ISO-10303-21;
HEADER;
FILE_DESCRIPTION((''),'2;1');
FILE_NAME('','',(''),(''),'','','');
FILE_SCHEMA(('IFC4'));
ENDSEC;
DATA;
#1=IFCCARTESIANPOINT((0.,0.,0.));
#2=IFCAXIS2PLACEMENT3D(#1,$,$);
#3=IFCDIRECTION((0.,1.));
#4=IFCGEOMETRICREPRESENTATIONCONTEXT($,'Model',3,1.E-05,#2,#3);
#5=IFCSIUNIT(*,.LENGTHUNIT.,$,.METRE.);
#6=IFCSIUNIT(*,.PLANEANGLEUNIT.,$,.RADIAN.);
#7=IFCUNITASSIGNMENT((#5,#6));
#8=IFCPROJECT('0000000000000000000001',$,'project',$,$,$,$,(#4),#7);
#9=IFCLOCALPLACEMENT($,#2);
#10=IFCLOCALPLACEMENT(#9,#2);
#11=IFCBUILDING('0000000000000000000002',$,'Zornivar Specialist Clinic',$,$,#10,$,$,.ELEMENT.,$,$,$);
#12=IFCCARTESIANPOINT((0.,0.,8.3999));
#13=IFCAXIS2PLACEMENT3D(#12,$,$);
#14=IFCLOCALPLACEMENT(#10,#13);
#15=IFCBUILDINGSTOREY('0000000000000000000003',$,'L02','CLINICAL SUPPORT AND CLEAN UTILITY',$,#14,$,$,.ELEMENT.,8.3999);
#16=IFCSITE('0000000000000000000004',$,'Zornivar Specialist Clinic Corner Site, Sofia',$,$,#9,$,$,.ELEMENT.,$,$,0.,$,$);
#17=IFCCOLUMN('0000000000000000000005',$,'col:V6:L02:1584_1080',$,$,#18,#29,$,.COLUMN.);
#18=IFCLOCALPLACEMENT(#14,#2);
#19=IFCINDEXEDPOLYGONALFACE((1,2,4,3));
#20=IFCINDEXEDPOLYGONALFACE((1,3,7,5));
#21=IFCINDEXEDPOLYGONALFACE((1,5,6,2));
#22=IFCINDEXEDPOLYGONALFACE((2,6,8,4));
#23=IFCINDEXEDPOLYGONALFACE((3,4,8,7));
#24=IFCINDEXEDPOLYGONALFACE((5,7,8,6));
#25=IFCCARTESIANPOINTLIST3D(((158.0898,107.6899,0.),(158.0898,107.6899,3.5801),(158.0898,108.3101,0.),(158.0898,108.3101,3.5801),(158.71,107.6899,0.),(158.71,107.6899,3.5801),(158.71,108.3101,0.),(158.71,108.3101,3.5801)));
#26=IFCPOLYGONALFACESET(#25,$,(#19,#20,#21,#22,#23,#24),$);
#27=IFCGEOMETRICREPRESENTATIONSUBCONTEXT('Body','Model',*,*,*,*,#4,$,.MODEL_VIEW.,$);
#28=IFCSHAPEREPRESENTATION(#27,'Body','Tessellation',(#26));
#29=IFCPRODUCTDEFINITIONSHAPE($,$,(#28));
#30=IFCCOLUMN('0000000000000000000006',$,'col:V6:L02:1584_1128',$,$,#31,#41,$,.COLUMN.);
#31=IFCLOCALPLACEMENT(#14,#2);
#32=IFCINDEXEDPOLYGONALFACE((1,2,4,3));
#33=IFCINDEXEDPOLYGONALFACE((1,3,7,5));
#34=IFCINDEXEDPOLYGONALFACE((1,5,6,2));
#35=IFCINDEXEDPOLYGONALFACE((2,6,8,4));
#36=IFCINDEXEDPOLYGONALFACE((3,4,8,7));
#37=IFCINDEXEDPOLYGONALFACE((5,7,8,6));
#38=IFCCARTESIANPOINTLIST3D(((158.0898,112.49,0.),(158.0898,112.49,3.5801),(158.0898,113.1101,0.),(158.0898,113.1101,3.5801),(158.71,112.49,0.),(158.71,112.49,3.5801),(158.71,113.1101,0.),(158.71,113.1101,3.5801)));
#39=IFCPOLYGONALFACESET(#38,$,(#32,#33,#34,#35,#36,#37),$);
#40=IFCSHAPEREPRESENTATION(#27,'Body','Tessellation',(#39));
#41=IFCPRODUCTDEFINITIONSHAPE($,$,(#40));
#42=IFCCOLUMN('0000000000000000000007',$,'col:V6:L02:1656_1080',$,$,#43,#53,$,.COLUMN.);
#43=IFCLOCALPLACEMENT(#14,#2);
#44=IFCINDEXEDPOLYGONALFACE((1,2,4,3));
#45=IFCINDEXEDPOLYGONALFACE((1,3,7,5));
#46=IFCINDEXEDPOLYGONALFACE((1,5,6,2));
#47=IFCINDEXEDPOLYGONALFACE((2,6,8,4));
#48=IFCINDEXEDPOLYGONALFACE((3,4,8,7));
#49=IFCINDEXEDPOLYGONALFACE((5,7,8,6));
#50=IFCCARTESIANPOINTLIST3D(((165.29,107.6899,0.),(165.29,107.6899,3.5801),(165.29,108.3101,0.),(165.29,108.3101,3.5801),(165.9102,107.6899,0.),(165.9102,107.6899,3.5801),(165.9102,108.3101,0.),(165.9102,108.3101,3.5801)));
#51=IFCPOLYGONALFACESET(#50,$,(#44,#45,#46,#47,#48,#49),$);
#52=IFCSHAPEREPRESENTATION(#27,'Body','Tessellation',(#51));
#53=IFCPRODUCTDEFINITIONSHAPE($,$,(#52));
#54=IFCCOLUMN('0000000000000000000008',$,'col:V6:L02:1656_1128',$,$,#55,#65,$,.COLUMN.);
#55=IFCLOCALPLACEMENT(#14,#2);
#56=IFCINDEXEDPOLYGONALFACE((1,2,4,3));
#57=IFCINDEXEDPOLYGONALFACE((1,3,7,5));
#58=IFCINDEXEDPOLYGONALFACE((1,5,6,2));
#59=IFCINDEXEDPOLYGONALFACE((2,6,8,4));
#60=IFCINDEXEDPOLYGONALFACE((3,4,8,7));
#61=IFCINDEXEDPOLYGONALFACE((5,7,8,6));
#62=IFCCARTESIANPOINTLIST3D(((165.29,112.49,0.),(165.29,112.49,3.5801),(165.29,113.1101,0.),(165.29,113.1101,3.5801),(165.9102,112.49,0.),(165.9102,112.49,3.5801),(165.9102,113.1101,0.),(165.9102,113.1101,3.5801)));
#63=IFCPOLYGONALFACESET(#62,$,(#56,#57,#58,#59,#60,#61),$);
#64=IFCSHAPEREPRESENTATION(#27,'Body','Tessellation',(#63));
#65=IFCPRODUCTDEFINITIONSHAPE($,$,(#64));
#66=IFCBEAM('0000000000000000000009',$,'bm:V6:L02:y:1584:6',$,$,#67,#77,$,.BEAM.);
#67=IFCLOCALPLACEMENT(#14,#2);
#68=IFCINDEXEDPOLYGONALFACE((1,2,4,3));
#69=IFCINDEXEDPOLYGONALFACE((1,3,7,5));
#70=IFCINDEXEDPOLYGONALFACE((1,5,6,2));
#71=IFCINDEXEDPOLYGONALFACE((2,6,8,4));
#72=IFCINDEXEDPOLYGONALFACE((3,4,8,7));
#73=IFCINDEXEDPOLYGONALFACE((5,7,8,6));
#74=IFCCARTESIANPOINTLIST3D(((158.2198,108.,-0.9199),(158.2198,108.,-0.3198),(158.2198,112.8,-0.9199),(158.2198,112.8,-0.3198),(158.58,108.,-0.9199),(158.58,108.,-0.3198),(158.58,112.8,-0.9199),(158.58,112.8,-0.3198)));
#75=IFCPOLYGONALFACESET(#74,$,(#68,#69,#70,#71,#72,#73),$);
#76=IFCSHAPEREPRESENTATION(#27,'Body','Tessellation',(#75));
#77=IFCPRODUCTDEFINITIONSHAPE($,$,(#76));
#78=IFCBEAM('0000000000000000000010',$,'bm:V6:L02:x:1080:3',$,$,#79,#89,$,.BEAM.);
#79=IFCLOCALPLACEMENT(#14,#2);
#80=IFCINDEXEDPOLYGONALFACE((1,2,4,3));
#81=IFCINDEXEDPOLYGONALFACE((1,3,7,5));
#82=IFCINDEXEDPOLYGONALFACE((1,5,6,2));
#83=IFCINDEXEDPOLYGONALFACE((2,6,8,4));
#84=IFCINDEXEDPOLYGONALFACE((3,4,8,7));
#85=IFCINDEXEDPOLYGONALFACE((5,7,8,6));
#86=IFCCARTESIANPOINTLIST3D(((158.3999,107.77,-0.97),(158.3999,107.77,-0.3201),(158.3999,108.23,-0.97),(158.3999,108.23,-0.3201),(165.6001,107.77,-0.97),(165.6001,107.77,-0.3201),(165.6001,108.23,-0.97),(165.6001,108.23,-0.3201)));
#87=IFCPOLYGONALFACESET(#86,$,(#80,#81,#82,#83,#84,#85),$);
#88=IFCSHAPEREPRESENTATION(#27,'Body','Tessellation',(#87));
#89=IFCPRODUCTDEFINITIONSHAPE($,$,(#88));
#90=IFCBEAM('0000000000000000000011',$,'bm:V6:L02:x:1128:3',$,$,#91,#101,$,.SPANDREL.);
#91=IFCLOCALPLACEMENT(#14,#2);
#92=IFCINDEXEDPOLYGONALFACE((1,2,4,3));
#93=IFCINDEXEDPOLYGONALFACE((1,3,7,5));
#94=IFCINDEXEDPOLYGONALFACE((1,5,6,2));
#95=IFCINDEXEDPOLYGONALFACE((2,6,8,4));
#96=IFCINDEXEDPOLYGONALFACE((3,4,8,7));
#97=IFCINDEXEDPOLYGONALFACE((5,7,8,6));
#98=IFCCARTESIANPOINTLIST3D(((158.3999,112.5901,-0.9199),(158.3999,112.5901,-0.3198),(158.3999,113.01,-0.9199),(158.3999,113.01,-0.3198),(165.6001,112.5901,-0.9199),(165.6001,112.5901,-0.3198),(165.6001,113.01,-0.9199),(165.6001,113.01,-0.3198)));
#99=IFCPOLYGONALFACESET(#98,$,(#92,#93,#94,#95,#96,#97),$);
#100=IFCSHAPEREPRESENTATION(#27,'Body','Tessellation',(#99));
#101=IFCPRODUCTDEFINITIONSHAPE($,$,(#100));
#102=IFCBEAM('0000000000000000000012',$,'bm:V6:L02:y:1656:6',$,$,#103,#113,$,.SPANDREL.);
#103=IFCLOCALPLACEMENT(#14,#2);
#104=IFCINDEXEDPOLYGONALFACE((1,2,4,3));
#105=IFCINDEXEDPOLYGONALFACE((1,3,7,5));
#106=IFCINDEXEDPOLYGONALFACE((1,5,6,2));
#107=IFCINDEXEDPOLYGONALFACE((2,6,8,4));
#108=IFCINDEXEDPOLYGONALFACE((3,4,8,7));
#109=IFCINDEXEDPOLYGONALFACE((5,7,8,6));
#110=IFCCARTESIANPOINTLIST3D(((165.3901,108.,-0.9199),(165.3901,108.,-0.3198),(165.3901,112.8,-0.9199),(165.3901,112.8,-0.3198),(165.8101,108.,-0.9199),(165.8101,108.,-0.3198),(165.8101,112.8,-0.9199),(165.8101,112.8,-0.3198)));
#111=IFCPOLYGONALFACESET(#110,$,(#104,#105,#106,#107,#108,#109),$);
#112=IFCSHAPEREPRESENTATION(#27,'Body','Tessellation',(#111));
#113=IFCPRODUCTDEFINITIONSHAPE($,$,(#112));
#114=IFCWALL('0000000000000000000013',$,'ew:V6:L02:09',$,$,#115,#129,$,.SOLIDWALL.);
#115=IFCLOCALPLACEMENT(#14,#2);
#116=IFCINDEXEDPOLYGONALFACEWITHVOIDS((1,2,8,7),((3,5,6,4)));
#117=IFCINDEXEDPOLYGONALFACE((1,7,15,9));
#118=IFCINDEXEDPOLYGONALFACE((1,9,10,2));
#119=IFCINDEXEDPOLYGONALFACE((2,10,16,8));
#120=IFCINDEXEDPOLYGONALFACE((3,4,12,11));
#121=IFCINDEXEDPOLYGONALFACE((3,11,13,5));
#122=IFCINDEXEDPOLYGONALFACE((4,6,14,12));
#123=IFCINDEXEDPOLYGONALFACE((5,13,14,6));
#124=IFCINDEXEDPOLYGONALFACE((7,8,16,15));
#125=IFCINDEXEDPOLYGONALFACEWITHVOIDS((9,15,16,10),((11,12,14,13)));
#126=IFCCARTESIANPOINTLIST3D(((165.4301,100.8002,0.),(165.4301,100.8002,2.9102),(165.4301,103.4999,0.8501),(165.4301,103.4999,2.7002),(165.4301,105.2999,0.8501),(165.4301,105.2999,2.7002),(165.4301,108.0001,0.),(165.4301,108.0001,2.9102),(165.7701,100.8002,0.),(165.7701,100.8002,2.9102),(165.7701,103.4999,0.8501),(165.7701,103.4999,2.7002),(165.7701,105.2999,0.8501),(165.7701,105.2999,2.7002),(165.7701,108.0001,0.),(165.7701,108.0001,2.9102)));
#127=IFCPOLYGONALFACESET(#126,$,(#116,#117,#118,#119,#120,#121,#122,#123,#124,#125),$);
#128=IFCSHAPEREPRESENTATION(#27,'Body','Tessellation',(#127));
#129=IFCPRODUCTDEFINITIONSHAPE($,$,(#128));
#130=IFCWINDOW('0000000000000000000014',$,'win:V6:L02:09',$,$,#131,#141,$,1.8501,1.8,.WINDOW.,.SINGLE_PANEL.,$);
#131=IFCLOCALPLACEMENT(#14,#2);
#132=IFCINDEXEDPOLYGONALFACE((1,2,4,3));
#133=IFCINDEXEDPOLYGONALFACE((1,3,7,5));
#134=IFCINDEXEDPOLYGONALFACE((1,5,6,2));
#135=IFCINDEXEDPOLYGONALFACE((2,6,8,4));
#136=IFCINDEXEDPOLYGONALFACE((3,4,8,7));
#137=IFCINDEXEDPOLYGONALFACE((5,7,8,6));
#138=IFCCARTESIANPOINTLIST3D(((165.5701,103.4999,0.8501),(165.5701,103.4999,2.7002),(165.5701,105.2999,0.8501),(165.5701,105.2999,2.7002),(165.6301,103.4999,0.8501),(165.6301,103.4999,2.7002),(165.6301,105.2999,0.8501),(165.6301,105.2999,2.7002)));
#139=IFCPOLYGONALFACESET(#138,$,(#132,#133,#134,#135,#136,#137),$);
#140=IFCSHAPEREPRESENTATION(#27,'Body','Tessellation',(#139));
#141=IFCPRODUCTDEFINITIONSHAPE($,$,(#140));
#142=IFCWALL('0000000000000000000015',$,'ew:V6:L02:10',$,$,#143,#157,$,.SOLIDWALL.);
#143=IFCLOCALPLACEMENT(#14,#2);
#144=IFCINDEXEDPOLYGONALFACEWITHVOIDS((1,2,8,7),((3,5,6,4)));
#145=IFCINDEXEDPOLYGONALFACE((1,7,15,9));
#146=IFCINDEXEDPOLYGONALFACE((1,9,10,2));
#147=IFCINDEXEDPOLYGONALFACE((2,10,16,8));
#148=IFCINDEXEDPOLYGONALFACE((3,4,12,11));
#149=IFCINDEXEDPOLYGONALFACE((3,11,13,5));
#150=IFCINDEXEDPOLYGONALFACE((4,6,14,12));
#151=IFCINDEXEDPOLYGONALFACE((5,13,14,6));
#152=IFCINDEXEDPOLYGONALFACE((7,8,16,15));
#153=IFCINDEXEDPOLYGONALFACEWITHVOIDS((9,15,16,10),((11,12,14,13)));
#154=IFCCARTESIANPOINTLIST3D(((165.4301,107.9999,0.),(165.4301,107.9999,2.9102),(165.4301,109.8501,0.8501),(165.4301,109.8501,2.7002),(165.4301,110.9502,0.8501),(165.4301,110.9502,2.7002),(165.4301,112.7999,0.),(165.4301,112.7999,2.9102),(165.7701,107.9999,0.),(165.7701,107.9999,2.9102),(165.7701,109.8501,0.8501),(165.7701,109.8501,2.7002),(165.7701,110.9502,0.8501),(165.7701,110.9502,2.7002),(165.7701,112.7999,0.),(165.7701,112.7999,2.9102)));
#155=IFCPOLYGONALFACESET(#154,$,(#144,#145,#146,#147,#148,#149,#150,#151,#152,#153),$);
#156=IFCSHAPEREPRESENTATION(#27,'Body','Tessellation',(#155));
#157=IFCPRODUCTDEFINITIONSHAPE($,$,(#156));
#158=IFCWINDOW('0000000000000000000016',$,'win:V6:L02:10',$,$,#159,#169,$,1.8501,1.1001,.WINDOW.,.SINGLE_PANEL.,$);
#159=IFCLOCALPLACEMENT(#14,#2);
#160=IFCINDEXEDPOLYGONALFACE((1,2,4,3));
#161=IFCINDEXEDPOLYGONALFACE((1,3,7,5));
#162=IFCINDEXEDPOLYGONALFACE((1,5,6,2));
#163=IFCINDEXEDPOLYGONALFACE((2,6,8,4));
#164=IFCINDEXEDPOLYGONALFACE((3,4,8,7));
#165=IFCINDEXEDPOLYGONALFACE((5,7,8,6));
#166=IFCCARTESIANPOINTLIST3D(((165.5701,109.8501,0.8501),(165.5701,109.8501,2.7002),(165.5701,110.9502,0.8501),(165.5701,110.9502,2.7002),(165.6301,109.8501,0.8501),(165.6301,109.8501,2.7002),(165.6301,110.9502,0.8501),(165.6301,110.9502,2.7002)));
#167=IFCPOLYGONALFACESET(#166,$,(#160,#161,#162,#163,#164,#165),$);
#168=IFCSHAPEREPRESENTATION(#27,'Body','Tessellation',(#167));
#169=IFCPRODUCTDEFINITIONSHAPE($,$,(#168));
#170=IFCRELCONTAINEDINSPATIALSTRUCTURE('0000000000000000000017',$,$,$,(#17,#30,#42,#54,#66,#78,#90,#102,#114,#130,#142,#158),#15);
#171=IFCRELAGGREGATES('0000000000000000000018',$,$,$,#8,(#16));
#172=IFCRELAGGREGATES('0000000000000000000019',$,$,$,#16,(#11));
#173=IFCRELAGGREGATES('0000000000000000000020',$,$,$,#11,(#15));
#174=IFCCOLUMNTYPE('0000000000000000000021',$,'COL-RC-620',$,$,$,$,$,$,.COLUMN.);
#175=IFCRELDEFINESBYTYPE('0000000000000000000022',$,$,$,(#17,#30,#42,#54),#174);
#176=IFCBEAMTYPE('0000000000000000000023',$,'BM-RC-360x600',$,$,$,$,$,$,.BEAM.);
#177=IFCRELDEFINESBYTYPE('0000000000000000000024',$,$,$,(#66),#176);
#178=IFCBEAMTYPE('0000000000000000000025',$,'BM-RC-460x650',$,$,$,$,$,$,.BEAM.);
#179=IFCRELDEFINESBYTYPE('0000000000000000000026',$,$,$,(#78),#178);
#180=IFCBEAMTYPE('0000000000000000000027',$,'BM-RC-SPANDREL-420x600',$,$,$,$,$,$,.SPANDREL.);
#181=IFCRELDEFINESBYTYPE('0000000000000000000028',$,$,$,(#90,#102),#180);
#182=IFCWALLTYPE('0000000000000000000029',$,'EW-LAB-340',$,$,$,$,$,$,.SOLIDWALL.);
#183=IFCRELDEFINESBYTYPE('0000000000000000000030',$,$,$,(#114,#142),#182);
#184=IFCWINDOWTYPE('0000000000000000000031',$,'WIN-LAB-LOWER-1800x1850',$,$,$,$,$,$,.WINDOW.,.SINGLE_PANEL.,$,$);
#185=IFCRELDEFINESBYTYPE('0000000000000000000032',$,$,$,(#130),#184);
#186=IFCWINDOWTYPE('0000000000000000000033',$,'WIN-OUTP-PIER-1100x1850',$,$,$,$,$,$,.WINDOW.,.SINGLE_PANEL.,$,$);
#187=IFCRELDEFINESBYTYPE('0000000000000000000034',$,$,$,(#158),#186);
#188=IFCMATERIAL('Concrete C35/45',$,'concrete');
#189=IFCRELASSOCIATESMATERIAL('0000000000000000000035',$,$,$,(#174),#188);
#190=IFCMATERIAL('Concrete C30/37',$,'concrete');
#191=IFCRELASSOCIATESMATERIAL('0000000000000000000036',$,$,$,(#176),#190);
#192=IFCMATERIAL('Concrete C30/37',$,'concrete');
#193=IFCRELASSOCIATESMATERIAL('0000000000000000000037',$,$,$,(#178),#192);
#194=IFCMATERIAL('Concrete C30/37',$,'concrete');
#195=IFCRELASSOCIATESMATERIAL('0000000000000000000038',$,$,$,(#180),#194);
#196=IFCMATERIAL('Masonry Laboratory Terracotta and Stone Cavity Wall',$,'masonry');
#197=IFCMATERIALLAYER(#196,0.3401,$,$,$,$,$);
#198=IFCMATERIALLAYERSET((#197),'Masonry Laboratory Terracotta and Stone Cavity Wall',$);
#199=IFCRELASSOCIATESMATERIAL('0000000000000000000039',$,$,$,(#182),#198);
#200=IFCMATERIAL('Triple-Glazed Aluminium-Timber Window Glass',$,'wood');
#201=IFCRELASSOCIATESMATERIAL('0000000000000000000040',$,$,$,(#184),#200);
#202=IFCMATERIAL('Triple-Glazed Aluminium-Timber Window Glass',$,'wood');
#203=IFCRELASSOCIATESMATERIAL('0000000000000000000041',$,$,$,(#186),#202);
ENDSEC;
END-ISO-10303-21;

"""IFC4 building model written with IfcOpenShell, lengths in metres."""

from ifc_helpers import new_model, si_unit, direction, frame, frame_2d, origin, origin_2d, place, context, subcontext, project, spatial, rectangle, extrude, material, layer, layer_set, material_profile, profile_set, type_object, element, fill, save


model = new_model("IFC4")

# Units and contexts
model_context = context("Model", 3, precision=1e-05, world=origin(), true_north=direction((0.0, 1.0)))
body_context = subcontext(model_context, "Body", "Model", "MODEL_VIEW")
ifc_project = project(units=[si_unit("LENGTHUNIT", "METRE"), si_unit("PLANEANGLEUNIT", "RADIAN")], contexts=[model_context])

# Site, building, storey
site_placement = place(None, origin())
site = spatial("IfcSite", under=ifc_project, at=site_placement, Name="Zornivar Specialist Clinic Corner Site, Sofia", CompositionType="ELEMENT", RefElevation=0.0)
building_placement = place(site_placement, origin())
building = spatial("IfcBuilding", under=site, at=building_placement, Name="Zornivar Specialist Clinic", CompositionType="ELEMENT")
storey_placement = place(building_placement, frame((0.0, 0.0, 8.3999)))
storey = spatial("IfcBuildingStorey", under=building, at=storey_placement, Name="L02", Description="CLINICAL SUPPORT AND CLEAN UTILITY", CompositionType="ELEMENT", Elevation=8.3999)

# Columns
ifc_material_1 = material(Name="Concrete C35/45", Category="concrete")
ifc_material_profile_1 = material_profile(ifc_material_1, rectangle(XDim=0.6201, YDim=0.6201, at=origin_2d()), Name="RC 620x620")
ifc_profile_set_1 = profile_set([ifc_material_profile_1], Name="Concrete C35/45")
column_type = type_object("IfcColumnType", Name="COL-RC-620", PredefinedType="COLUMN", material=ifc_profile_set_1)
for number, where, z_axis, x_axis, name in (
    (1, (158.3999, 108.0, 0.0), (0.0, 0.0, 1.0), (1.0, 0.0, 0.0), "col:V6:L02:1584_1080"),
    (2, (158.3999, 112.8, 0.0), (0.0, 0.0, 1.0), (1.0, 0.0, 0.0), "col:V6:L02:1584_1128"),
    (3, (165.6001, 108.0, 0.0), (0.0, 0.0, 1.0), (1.0, 0.0, 0.0), "col:V6:L02:1656_1080"),
    (4, (165.6001, 112.8, 0.0), (0.0, 0.0, 1.0), (1.0, 0.0, 0.0), "col:V6:L02:1656_1128"),
):
    element("IfcColumn", number, at=place(storey_placement, frame(where, z_axis=z_axis, x_axis=x_axis)), inside=storey, type_object=column_type, Name=name, PredefinedType="COLUMN", context=body_context, shape_type="SweptSolid", body=[
        extrude(rectangle(XDim=0.6201, YDim=0.6201, at=origin_2d()), origin(), (0.0, 0.0, 1.0), 3.5801),
    ])

# Beams
ifc_material_2 = material(Name="Concrete C30/37", Category="concrete")
ifc_material_profile_2 = material_profile(ifc_material_2, rectangle(XDim=0.3601, YDim=0.6001, at=origin_2d()), Name="RC 360x600")
ifc_profile_set_2 = profile_set([ifc_material_profile_2], Name="Concrete C30/37")
beam_type_1 = type_object("IfcBeamType", Name="BM-RC-360x600", PredefinedType="BEAM", material=ifc_profile_set_2)
beam_1_placement = place(storey_placement, frame((158.3999, 108.0, -0.6199), z_axis=(0.0, 1.0, 0.0), x_axis=(-1.0, 0.0, 0.0)))
element("IfcBeam", 5, at=beam_1_placement, inside=storey, type_object=beam_type_1, Name="bm:V6:L02:y:1584:6", PredefinedType="BEAM", context=body_context, shape_type="SweptSolid", body=[
    extrude(rectangle(XDim=0.3601, YDim=0.6001, at=origin_2d()), origin(), (0.0, 0.0, 1.0), 4.8),
])
ifc_material_3 = material(Name="Concrete C30/37", Category="concrete")
ifc_material_profile_3 = material_profile(ifc_material_3, rectangle(XDim=0.46, YDim=0.6499, at=origin_2d()), Name="RC 460x650")
ifc_profile_set_3 = profile_set([ifc_material_profile_3], Name="Concrete C30/37")
beam_type_2 = type_object("IfcBeamType", Name="BM-RC-460x650", PredefinedType="BEAM", material=ifc_profile_set_3)
beam_2_placement = place(storey_placement, frame((158.3999, 108.0, -0.645), z_axis=(1.0, 0.0, 0.0), x_axis=(0.0, 1.0, 0.0)))
element("IfcBeam", 6, at=beam_2_placement, inside=storey, type_object=beam_type_2, Name="bm:V6:L02:x:1080:3", PredefinedType="BEAM", context=body_context, shape_type="SweptSolid", body=[
    extrude(rectangle(XDim=0.46, YDim=0.6499, at=origin_2d()), origin(), (0.0, 0.0, 1.0), 7.2002),
])
ifc_material_4 = material(Name="Concrete C30/37", Category="concrete")
ifc_material_profile_4 = material_profile(ifc_material_4, rectangle(XDim=0.4199, YDim=0.6001, at=origin_2d()), Name="RC 420x600")
ifc_profile_set_4 = profile_set([ifc_material_profile_4], Name="Concrete C30/37")
beam_type_3 = type_object("IfcBeamType", Name="BM-RC-SPANDREL-420x600", PredefinedType="SPANDREL", material=ifc_profile_set_4)
beam_3_placement = place(storey_placement, frame((158.3999, 112.8, -0.6199), z_axis=(1.0, 0.0, 0.0), x_axis=(0.0, 1.0, 0.0)))
element("IfcBeam", 7, at=beam_3_placement, inside=storey, type_object=beam_type_3, Name="bm:V6:L02:x:1128:3", PredefinedType="SPANDREL", context=body_context, shape_type="SweptSolid", body=[
    extrude(rectangle(XDim=0.4199, YDim=0.6001, at=origin_2d()), origin(), (0.0, 0.0, 1.0), 7.2002),
])
beam_4_placement = place(storey_placement, frame((165.6001, 108.0, -0.6199), z_axis=(0.0, 1.0, 0.0), x_axis=(-1.0, 0.0, 0.0)))
element("IfcBeam", 8, at=beam_4_placement, inside=storey, type_object=beam_type_3, Name="bm:V6:L02:y:1656:6", PredefinedType="SPANDREL", context=body_context, shape_type="SweptSolid", body=[
    extrude(rectangle(XDim=0.4199, YDim=0.6001, at=origin_2d()), origin(), (0.0, 0.0, 1.0), 4.8),
])

# Walls, openings, windows
ifc_material_5 = material(Name="Masonry Laboratory Terracotta and Stone Cavity Wall", Category="masonry")
ifc_layer_1 = layer(ifc_material_5, 0.3401)
ifc_layer_set_1 = layer_set([ifc_layer_1], Name="Masonry Laboratory Terracotta and Stone Cavity Wall")
wall_type_1 = type_object("IfcWallType", Name="EW-LAB-340", PredefinedType="SOLIDWALL", material=ifc_layer_set_1)
wall_1_placement = place(storey_placement, frame((165.6001, 100.8, 0.0), z_axis=(0.0, 0.0, 1.0), x_axis=(0.0, 1.0, 0.0)))
wall_1 = element("IfcWall", 9, at=wall_1_placement, inside=storey, type_object=wall_type_1, Name="ew:V6:L02:09", PredefinedType="SOLIDWALL", context=body_context, shape_type="SweptSolid", body=[
    extrude(rectangle(XDim=7.2, YDim=0.3401, at=frame_2d((3.6001, 0.0))), origin(), (0.0, 0.0, 1.0), 2.9102),
])
opening_1_placement = place(wall_1_placement, frame((2.7, 0.0, 0.8501)))
opening_1 = element("IfcOpeningElement", 10, at=opening_1_placement, cuts=wall_1, PredefinedType="OPENING", context=body_context, shape_type="SweptSolid", body=[
    extrude(rectangle(XDim=1.8, YDim=1.8501, at=frame_2d((0.8999, 0.925))), frame((0.0, 0.1799, 0.0), z_axis=(0.0, -1.0, 0.0), x_axis=(1.0, 0.0, 0.0)), (0.0, 0.0, 1.0), 0.3601),
])
ifc_material_6 = material(Name="Triple-Glazed Aluminium-Timber Window Glass", Category="wood")
window_type_1 = type_object("IfcWindowType", Name="WIN-LAB-LOWER-1800x1850", PartitioningType="SINGLE_PANEL", PredefinedType="WINDOW", material=ifc_material_6)
window_1_placement = place(opening_1_placement, origin())
window_1 = element("IfcWindow", 11, at=window_1_placement, inside=storey, type_object=window_type_1, Name="win:V6:L02:09", OverallHeight=1.8501, OverallWidth=1.8, PartitioningType="SINGLE_PANEL", PredefinedType="WINDOW", context=body_context, shape_type="SweptSolid", body=[
    extrude(rectangle(XDim=1.8, YDim=1.8501, at=frame_2d((0.8999, 0.925))), frame((0.0, 0.03, 0.0), z_axis=(0.0, -1.0, 0.0), x_axis=(1.0, 0.0, 0.0)), (0.0, 0.0, 1.0), 0.0601),
])
fill(opening_1, window_1)
wall_2_placement = place(storey_placement, frame((165.6001, 108.0, 0.0), z_axis=(0.0, 0.0, 1.0), x_axis=(0.0, 1.0, 0.0)))
wall_2 = element("IfcWall", 12, at=wall_2_placement, inside=storey, type_object=wall_type_1, Name="ew:V6:L02:10", PredefinedType="SOLIDWALL", context=body_context, shape_type="SweptSolid", body=[
    extrude(rectangle(XDim=4.8, YDim=0.3401, at=frame_2d((2.3999, 0.0))), origin(), (0.0, 0.0, 1.0), 2.9102),
])
opening_2_placement = place(wall_2_placement, frame((1.8501, 0.0, 0.8501)))
opening_2 = element("IfcOpeningElement", 13, at=opening_2_placement, cuts=wall_2, PredefinedType="OPENING", context=body_context, shape_type="SweptSolid", body=[
    extrude(rectangle(XDim=1.1001, YDim=1.8501, at=frame_2d((0.55, 0.925))), frame((0.0, 0.1799, 0.0), z_axis=(0.0, -1.0, 0.0), x_axis=(1.0, 0.0, 0.0)), (0.0, 0.0, 1.0), 0.3601),
])
ifc_material_7 = material(Name="Triple-Glazed Aluminium-Timber Window Glass", Category="wood")
window_type_2 = type_object("IfcWindowType", Name="WIN-OUTP-PIER-1100x1850", PartitioningType="SINGLE_PANEL", PredefinedType="WINDOW", material=ifc_material_7)
window_2_placement = place(opening_2_placement, origin())
window_2 = element("IfcWindow", 14, at=window_2_placement, inside=storey, type_object=window_type_2, Name="win:V6:L02:10", OverallHeight=1.8501, OverallWidth=1.1001, PartitioningType="SINGLE_PANEL", PredefinedType="WINDOW", context=body_context, shape_type="SweptSolid", body=[
    extrude(rectangle(XDim=1.1001, YDim=1.8501, at=frame_2d((0.55, 0.925))), frame((0.0, 0.03, 0.0), z_axis=(0.0, -1.0, 0.0), x_axis=(1.0, 0.0, 0.0)), (0.0, 0.0, 1.0), 0.0601),
])
fill(opening_2, window_2)

save(model, "model.ifc")
